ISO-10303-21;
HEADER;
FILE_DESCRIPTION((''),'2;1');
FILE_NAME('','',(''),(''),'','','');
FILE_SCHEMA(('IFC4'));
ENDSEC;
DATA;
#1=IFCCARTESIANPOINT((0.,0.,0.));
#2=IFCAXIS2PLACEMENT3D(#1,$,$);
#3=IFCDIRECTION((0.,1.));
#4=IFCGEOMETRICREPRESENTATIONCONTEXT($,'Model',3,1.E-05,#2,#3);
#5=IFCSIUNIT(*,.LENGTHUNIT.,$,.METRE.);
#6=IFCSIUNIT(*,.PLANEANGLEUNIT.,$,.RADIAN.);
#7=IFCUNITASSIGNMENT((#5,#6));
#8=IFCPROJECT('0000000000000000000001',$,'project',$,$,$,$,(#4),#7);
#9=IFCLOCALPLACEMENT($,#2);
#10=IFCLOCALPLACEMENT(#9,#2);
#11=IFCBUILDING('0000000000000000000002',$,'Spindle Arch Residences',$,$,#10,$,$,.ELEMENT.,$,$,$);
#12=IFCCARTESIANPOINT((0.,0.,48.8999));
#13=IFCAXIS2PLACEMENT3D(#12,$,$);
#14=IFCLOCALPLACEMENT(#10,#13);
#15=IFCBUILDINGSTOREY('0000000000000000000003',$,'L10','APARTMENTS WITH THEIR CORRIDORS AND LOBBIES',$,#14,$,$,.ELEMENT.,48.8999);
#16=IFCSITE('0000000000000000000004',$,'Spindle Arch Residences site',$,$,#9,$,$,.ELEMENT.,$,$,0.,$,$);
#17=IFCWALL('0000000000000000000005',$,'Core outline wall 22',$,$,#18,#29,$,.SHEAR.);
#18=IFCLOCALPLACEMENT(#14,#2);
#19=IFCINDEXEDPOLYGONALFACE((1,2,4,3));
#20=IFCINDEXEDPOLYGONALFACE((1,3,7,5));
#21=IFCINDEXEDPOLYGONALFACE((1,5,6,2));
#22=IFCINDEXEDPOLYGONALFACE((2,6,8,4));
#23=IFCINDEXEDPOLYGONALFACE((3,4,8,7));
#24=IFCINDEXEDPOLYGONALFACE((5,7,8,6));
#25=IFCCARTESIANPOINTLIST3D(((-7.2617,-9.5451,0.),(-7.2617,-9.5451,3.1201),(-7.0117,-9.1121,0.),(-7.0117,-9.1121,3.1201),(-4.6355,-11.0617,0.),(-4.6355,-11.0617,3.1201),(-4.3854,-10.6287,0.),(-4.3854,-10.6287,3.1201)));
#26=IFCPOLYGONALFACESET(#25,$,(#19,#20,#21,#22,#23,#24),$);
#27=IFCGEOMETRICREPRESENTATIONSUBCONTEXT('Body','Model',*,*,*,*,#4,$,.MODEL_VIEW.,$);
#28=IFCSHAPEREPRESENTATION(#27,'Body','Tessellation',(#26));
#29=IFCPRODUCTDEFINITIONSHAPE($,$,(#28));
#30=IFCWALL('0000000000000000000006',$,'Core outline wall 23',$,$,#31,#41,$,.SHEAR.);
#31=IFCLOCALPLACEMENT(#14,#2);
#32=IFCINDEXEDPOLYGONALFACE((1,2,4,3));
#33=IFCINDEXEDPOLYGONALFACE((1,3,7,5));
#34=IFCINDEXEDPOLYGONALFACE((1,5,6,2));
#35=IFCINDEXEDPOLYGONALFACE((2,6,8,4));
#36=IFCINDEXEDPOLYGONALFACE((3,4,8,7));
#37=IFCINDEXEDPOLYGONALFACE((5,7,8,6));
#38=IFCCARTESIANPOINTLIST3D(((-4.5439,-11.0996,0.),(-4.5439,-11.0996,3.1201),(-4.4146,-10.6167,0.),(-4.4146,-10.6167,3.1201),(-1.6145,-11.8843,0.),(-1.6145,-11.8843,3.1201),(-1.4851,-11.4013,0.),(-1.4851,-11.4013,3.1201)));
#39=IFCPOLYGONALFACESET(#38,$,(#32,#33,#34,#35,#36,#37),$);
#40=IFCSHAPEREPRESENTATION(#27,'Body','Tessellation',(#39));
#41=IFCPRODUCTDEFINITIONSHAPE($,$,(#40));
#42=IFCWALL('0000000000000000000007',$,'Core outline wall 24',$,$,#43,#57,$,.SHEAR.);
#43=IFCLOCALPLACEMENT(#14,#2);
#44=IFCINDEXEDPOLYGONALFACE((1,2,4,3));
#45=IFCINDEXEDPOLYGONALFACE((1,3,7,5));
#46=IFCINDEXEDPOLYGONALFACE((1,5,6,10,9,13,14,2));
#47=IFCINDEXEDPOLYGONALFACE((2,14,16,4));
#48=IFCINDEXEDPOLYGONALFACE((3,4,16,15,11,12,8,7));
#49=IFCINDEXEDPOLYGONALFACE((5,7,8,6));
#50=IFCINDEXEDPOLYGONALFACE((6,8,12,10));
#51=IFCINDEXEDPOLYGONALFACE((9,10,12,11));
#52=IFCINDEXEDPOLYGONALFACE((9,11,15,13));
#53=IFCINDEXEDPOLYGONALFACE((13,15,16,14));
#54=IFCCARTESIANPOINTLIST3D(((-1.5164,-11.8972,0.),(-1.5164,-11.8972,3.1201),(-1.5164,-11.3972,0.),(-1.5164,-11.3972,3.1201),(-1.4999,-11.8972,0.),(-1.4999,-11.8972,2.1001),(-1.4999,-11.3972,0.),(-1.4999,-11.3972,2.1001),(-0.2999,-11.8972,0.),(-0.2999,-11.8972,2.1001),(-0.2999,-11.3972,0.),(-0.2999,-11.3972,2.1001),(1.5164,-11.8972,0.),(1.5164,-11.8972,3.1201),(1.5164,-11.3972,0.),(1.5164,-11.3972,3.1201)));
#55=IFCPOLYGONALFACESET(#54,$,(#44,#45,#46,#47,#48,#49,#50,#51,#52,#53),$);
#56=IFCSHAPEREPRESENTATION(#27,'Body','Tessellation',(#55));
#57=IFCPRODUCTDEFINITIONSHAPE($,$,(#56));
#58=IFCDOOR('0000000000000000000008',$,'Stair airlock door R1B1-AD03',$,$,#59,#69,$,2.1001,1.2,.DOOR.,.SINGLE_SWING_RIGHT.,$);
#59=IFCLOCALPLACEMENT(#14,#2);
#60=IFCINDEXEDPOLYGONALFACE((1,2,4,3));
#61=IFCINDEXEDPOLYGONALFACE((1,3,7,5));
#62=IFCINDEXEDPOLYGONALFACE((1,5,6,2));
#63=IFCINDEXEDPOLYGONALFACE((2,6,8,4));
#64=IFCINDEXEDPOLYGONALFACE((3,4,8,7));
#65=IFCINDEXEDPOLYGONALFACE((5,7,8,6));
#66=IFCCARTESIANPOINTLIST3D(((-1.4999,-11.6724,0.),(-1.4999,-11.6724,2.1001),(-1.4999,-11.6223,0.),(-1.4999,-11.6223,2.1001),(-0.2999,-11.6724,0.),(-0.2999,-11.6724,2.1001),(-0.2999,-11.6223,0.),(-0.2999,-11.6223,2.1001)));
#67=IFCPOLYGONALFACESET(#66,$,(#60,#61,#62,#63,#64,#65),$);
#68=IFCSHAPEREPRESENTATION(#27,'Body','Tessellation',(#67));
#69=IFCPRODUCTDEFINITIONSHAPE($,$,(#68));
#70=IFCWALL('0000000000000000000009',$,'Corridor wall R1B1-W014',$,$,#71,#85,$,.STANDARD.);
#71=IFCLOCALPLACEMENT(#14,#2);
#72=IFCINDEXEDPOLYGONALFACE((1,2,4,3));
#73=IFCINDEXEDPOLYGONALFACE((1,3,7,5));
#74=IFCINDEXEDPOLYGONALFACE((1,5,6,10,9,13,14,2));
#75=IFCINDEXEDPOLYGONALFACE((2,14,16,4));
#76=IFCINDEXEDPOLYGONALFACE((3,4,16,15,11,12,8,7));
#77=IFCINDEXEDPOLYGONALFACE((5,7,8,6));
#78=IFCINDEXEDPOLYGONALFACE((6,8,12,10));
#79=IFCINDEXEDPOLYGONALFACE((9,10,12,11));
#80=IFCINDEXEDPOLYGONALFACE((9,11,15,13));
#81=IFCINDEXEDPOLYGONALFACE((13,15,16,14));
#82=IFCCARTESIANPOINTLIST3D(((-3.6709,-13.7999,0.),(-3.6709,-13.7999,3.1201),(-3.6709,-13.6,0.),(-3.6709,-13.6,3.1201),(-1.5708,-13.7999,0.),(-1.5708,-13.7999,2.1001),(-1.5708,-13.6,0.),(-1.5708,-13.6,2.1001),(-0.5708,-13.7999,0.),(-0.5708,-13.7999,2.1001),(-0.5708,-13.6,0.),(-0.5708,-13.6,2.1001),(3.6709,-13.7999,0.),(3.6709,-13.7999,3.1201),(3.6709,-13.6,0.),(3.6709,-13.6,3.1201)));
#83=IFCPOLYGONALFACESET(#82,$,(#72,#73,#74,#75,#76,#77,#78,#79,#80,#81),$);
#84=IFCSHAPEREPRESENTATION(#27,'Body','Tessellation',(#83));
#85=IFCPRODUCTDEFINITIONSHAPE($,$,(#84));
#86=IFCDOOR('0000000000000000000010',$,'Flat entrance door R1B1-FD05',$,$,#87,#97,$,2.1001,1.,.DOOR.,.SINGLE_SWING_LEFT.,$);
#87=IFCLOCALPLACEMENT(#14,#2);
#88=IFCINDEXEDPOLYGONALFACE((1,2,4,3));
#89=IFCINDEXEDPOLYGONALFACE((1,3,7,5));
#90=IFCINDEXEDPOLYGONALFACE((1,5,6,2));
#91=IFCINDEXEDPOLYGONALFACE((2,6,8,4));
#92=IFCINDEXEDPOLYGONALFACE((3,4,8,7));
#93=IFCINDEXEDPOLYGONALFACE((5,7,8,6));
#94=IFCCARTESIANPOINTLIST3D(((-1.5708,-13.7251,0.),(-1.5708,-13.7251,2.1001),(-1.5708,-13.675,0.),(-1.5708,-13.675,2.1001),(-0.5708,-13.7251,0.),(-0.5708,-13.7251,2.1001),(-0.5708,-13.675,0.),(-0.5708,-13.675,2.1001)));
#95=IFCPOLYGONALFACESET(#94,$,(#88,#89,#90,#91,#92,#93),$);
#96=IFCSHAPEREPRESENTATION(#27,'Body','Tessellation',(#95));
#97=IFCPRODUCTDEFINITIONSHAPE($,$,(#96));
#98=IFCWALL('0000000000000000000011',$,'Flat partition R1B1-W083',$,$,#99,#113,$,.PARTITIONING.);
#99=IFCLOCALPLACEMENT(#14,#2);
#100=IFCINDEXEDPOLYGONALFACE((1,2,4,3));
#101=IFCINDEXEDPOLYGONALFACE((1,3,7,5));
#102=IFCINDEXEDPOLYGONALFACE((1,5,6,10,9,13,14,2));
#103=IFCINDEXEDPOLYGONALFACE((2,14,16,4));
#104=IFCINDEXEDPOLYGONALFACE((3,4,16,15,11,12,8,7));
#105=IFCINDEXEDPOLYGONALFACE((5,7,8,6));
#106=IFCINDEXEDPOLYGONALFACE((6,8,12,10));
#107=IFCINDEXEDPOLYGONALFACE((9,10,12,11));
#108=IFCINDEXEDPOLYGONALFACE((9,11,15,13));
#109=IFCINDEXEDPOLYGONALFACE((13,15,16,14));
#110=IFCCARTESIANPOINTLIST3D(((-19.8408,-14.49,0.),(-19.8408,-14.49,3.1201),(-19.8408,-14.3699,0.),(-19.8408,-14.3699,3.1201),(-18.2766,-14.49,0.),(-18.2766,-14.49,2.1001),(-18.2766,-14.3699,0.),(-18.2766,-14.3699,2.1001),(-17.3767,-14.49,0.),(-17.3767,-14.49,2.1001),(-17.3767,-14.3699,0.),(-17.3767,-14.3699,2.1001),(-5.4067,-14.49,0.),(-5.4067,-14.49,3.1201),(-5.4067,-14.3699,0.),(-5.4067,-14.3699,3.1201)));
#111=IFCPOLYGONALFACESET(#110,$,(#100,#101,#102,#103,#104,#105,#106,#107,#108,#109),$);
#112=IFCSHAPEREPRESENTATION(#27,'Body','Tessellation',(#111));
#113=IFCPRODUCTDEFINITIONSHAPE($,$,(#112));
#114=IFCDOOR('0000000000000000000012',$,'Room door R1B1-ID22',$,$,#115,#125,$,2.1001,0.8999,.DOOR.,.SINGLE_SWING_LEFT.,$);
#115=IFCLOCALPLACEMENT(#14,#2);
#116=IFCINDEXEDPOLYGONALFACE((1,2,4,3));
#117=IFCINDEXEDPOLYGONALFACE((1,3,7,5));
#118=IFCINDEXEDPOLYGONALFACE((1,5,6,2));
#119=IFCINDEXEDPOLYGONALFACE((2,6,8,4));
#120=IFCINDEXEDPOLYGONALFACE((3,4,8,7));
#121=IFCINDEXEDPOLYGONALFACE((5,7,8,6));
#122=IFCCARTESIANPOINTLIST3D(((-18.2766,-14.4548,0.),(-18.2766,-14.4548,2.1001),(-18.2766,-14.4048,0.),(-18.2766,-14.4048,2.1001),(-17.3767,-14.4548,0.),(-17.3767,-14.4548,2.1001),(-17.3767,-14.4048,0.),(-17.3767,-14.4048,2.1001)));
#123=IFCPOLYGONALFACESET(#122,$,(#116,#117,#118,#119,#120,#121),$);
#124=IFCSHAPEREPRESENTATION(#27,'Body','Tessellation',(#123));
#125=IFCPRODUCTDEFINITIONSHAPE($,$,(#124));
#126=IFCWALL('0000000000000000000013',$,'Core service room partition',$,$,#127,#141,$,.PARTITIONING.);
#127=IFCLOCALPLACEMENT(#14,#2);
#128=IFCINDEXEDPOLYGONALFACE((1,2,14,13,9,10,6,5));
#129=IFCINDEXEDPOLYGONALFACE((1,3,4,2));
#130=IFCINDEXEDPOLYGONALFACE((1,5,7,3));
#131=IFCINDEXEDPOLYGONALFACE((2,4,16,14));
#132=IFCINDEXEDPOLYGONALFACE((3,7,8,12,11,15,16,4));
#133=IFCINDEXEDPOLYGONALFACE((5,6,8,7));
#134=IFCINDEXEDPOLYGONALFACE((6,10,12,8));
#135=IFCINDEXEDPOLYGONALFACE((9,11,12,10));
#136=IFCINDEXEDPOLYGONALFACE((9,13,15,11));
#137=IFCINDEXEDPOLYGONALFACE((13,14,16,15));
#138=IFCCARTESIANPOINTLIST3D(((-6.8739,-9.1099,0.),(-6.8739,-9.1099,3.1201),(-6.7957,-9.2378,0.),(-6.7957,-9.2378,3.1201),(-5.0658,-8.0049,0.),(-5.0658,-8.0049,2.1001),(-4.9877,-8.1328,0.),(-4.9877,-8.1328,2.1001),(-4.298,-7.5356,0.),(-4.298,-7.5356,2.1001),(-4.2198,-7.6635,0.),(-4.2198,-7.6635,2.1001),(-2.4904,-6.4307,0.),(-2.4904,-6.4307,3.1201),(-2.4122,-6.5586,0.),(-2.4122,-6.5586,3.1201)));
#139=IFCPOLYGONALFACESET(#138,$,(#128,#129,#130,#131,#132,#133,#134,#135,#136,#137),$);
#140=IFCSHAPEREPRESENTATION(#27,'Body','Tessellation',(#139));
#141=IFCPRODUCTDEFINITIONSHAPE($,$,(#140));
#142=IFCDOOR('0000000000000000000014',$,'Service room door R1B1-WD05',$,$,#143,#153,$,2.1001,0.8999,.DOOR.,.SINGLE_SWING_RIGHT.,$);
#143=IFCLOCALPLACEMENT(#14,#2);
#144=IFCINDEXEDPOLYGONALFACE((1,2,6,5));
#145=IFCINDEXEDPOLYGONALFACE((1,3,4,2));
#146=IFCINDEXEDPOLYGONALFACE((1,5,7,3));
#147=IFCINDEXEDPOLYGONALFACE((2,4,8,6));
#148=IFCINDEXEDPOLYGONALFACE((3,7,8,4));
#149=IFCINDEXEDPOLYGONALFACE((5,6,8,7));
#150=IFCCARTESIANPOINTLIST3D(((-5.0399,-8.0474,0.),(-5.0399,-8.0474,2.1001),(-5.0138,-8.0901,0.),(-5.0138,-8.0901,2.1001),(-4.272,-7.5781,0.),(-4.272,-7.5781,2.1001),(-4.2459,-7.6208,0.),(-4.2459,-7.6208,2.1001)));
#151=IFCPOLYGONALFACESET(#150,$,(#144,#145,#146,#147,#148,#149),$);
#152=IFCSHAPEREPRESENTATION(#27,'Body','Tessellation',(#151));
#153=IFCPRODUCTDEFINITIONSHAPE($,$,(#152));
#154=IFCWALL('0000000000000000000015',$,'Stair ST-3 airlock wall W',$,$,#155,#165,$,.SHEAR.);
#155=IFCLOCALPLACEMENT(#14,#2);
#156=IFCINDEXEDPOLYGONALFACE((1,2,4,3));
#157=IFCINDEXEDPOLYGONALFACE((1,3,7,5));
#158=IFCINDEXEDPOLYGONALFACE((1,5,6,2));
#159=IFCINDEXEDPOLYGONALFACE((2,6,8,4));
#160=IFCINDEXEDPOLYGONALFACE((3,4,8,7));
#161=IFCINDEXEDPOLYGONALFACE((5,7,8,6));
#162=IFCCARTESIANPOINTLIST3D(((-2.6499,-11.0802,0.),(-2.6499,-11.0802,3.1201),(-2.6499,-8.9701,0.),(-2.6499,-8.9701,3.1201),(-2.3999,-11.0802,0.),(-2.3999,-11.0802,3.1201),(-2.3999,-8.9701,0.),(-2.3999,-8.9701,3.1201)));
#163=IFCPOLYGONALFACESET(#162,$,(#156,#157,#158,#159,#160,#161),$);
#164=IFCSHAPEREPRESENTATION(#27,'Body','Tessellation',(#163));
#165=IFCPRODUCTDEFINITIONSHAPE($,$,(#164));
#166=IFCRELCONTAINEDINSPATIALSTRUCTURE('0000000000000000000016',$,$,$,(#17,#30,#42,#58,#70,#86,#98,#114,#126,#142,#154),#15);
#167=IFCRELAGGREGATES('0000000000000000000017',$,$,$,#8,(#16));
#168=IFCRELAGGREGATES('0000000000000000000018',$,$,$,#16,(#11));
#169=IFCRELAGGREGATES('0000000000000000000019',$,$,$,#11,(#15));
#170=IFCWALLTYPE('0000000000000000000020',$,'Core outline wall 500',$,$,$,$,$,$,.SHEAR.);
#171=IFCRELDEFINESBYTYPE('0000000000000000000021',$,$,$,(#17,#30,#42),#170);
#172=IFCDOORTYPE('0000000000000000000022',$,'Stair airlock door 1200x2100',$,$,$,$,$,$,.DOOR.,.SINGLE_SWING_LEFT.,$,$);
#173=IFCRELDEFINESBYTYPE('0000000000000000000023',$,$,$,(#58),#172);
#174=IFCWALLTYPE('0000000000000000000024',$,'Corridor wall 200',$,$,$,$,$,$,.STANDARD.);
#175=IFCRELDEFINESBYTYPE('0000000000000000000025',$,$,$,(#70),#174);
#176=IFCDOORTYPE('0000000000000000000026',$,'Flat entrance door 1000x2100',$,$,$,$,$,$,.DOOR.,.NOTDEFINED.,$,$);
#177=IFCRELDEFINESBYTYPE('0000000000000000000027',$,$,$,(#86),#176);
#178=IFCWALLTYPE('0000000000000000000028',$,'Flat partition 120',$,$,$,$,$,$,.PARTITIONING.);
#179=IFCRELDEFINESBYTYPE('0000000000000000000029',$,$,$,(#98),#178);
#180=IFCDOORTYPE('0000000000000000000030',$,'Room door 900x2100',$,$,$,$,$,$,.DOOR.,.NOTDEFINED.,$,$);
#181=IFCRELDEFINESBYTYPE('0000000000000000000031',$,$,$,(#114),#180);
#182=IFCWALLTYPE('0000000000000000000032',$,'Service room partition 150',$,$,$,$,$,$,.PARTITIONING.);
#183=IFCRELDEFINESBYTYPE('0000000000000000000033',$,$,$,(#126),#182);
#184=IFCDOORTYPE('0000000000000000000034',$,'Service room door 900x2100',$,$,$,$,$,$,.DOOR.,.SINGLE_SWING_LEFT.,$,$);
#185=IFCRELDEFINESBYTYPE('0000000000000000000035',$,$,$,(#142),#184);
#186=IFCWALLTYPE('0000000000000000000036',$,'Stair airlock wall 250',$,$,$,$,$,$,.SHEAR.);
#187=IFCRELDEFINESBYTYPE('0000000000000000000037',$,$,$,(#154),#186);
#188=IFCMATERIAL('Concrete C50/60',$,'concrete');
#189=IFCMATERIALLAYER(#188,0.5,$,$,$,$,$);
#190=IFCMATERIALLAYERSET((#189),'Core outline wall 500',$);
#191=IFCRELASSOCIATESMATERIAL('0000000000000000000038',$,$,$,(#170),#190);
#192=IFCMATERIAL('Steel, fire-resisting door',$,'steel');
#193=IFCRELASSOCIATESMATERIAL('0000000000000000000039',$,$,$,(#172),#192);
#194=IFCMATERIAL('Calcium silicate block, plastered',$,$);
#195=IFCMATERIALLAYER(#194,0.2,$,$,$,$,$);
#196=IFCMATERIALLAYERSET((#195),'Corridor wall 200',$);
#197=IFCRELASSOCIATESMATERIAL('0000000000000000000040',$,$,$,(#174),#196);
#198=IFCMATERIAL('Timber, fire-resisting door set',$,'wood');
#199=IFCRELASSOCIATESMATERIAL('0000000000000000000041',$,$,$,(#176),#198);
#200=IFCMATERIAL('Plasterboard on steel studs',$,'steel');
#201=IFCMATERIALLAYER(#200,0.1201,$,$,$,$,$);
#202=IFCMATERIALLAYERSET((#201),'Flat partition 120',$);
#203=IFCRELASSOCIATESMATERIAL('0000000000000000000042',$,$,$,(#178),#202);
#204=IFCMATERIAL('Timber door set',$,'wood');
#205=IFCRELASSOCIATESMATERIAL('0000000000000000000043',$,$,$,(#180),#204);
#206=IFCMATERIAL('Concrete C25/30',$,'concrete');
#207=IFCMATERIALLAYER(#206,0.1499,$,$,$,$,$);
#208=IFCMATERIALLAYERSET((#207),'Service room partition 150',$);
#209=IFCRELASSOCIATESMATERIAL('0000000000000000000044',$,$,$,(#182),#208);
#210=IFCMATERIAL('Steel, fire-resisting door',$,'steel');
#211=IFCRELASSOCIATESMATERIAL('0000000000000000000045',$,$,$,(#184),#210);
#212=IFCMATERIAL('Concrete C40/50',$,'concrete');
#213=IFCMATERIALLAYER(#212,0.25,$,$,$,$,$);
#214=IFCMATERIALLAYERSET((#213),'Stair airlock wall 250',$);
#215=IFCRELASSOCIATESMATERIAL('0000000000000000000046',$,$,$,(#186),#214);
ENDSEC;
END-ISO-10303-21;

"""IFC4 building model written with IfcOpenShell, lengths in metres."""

from ifc_helpers import new_model, si_unit, direction, frame, frame_2d, origin, place, context, subcontext, project, spatial, rectangle, extrude, material, layer, layer_set, type_object, element, fill, save


model = new_model("IFC4")

# Units and contexts
model_context = context("Model", 3, precision=1e-05, world=origin(), true_north=direction((0.0, 1.0)))
body_context = subcontext(model_context, "Body", "Model", "MODEL_VIEW")
ifc_project = project(units=[si_unit("LENGTHUNIT", "METRE"), si_unit("PLANEANGLEUNIT", "RADIAN")], contexts=[model_context])

# Site, building, storey
site_placement = place(None, origin())
site = spatial("IfcSite", under=ifc_project, at=site_placement, Name="Spindle Arch Residences site", CompositionType="ELEMENT", RefElevation=0.0)
building_placement = place(site_placement, origin())
building = spatial("IfcBuilding", under=site, at=building_placement, Name="Spindle Arch Residences", CompositionType="ELEMENT")
storey_placement = place(building_placement, frame((0.0, 0.0, 48.8999)))
storey = spatial("IfcBuildingStorey", under=building, at=storey_placement, Name="L10", Description="APARTMENTS WITH THEIR CORRIDORS AND LOBBIES", CompositionType="ELEMENT", Elevation=48.8999)

# Walls
ifc_material_1 = material(Name="Concrete C50/60", Category="concrete")
ifc_layer_1 = layer(ifc_material_1, 0.5)
ifc_layer_set_1 = layer_set([ifc_layer_1], Name="Core outline wall 500")
wall_type_1 = type_object("IfcWallType", Name="Core outline wall 500", PredefinedType="SHEAR", material=ifc_layer_set_1)
for number, where, z_axis, x_axis, name in (
    (1, (-7.1367, -9.3286, 0.0), (0.0, 0.0, 1.0), (0.865975, -0.500087, 0.0), "Core outline wall 22"),
    (2, (-4.4792, -10.8582, 0.0), (0.0, 0.0, 1.0), (0.965948, -0.258735, 0.0), "Core outline wall 23"),
):
    element("IfcWall", number, at=place(storey_placement, frame(where, z_axis=z_axis, x_axis=x_axis)), inside=storey, type_object=wall_type_1, Name=name, PredefinedType="SHEAR", context=body_context, shape_type="SweptSolid", body=[
        extrude(rectangle(XDim=3.0327, YDim=0.5, at=frame_2d((1.5164, 0.0))), origin(), (0.0, 0.0, 1.0), 3.1201),
    ])

# Walls, openings, doors
wall_1_placement = place(storey_placement, frame((-1.5164, -11.6472, 0.0), z_axis=(0.0, 0.0, 1.0), x_axis=(1.0, 0.0, 0.0)))
wall_1 = element("IfcWall", 3, at=wall_1_placement, inside=storey, type_object=wall_type_1, Name="Core outline wall 24", PredefinedType="SHEAR", context=body_context, shape_type="SweptSolid", body=[
    extrude(rectangle(XDim=3.0327, YDim=0.5, at=frame_2d((1.5164, 0.0))), origin(), (0.0, 0.0, 1.0), 3.1201),
])
opening_1_placement = place(wall_1_placement, frame((0.0164, 0.0, 0.0)))
opening_1 = element("IfcOpeningElement", 4, at=opening_1_placement, cuts=wall_1, PredefinedType="OPENING", context=body_context, shape_type="SweptSolid", body=[
    extrude(rectangle(XDim=1.2, YDim=2.1001, at=frame_2d((0.6001, 1.05))), frame((0.0, 0.26, 0.0), z_axis=(0.0, -1.0, 0.0), x_axis=(1.0, 0.0, 0.0)), (0.0, 0.0, 1.0), 0.52),
])
ifc_material_2 = material(Name="Steel, fire-resisting door", Category="steel")
door_type_1 = type_object("IfcDoorType", Name="Stair airlock door 1200x2100", OperationType="SINGLE_SWING_LEFT", PredefinedType="DOOR", material=ifc_material_2)
door_1_placement = place(opening_1_placement, origin())
door_1 = element("IfcDoor", 5, at=door_1_placement, inside=storey, type_object=door_type_1, Name="Stair airlock door R1B1-AD03", OperationType="SINGLE_SWING_RIGHT", OverallHeight=2.1001, OverallWidth=1.2, PredefinedType="DOOR", context=body_context, shape_type="SweptSolid", body=[
    extrude(rectangle(XDim=1.2, YDim=2.1001, at=frame_2d((0.6001, 1.05))), frame((0.0, 0.0249, 0.0), z_axis=(0.0, -1.0, 0.0), x_axis=(1.0, 0.0, 0.0)), (0.0, 0.0, 1.0), 0.05),
])
fill(opening_1, door_1)
ifc_material_3 = material(Name="Calcium silicate block, plastered")
ifc_layer_2 = layer(ifc_material_3, 0.2)
ifc_layer_set_2 = layer_set([ifc_layer_2], Name="Corridor wall 200")
wall_type_2 = type_object("IfcWallType", Name="Corridor wall 200", PredefinedType="STANDARD", material=ifc_layer_set_2)
wall_2_placement = place(storey_placement, frame((-3.6709, -13.7, 0.0), z_axis=(0.0, 0.0, 1.0), x_axis=(1.0, 0.0, 0.0)))
wall_2 = element("IfcWall", 6, at=wall_2_placement, inside=storey, type_object=wall_type_2, Name="Corridor wall R1B1-W014", PredefinedType="STANDARD", context=body_context, shape_type="SweptSolid", body=[
    extrude(rectangle(XDim=7.3418, YDim=0.2, at=frame_2d((3.6709, 0.0))), origin(), (0.0, 0.0, 1.0), 3.1201),
])
opening_2_placement = place(wall_2_placement, frame((2.1001, 0.0, 0.0)))
opening_2 = element("IfcOpeningElement", 7, at=opening_2_placement, cuts=wall_2, PredefinedType="OPENING", context=body_context, shape_type="SweptSolid", body=[
    extrude(rectangle(XDim=1.0, YDim=2.1001, at=frame_2d((0.5, 1.05))), frame((0.0, 0.1099, 0.0), z_axis=(0.0, -1.0, 0.0), x_axis=(1.0, 0.0, 0.0)), (0.0, 0.0, 1.0), 0.22),
])
ifc_material_4 = material(Name="Timber, fire-resisting door set", Category="wood")
door_type_2 = type_object("IfcDoorType", Name="Flat entrance door 1000x2100", OperationType="NOTDEFINED", PredefinedType="DOOR", material=ifc_material_4)
door_2_placement = place(opening_2_placement, origin())
door_2 = element("IfcDoor", 8, at=door_2_placement, inside=storey, type_object=door_type_2, Name="Flat entrance door R1B1-FD05", OperationType="SINGLE_SWING_LEFT", OverallHeight=2.1001, OverallWidth=1.0, PredefinedType="DOOR", context=body_context, shape_type="SweptSolid", body=[
    extrude(rectangle(XDim=1.0, YDim=2.1001, at=frame_2d((0.5, 1.05))), frame((0.0, 0.0249, 0.0), z_axis=(0.0, -1.0, 0.0), x_axis=(1.0, 0.0, 0.0)), (0.0, 0.0, 1.0), 0.05),
])
fill(opening_2, door_2)
ifc_material_5 = material(Name="Plasterboard on steel studs", Category="steel")
ifc_layer_3 = layer(ifc_material_5, 0.1201)
ifc_layer_set_3 = layer_set([ifc_layer_3], Name="Flat partition 120")
wall_type_3 = type_object("IfcWallType", Name="Flat partition 120", PredefinedType="PARTITIONING", material=ifc_layer_set_3)
wall_3_placement = place(storey_placement, frame((-5.4067, -14.4299, 0.0), z_axis=(0.0, 0.0, 1.0), x_axis=(-1.0, 0.0, 0.0)))
wall_3 = element("IfcWall", 9, at=wall_3_placement, inside=storey, type_object=wall_type_3, Name="Flat partition R1B1-W083", PredefinedType="PARTITIONING", context=body_context, shape_type="SweptSolid", body=[
    extrude(rectangle(XDim=14.4341, YDim=0.1201, at=frame_2d((7.217, 0.0))), origin(), (0.0, 0.0, 1.0), 3.1201),
])
opening_3_placement = place(wall_3_placement, frame((11.97, 0.0, 0.0)))
opening_3 = element("IfcOpeningElement", 10, at=opening_3_placement, cuts=wall_3, PredefinedType="OPENING", context=body_context, shape_type="SweptSolid", body=[
    extrude(rectangle(XDim=0.8999, YDim=2.1001, at=frame_2d((0.45, 1.05))), frame((0.0, 0.0701, 0.0), z_axis=(0.0, -1.0, 0.0), x_axis=(1.0, 0.0, 0.0)), (0.0, 0.0, 1.0), 0.1401),
])
ifc_material_6 = material(Name="Timber door set", Category="wood")
door_type_3 = type_object("IfcDoorType", Name="Room door 900x2100", OperationType="NOTDEFINED", PredefinedType="DOOR", material=ifc_material_6)
door_3_placement = place(opening_3_placement, origin())
door_3 = element("IfcDoor", 11, at=door_3_placement, inside=storey, type_object=door_type_3, Name="Room door R1B1-ID22", OperationType="SINGLE_SWING_LEFT", OverallHeight=2.1001, OverallWidth=0.8999, PredefinedType="DOOR", context=body_context, shape_type="SweptSolid", body=[
    extrude(rectangle(XDim=0.8999, YDim=2.1001, at=frame_2d((0.45, 1.05))), frame((0.0, 0.0249, 0.0), z_axis=(0.0, -1.0, 0.0), x_axis=(1.0, 0.0, 0.0)), (0.0, 0.0, 1.0), 0.05),
])
fill(opening_3, door_3)
ifc_material_7 = material(Name="Concrete C25/30", Category="concrete")
ifc_layer_4 = layer(ifc_material_7, 0.1499)
ifc_layer_set_4 = layer_set([ifc_layer_4], Name="Service room partition 150")
wall_type_4 = type_object("IfcWallType", Name="Service room partition 150", PredefinedType="PARTITIONING", material=ifc_layer_set_4)
wall_4_placement = place(storey_placement, frame((-2.4512, -6.4946, 0.0), z_axis=(0.0, 0.0, 1.0), x_axis=(-0.85325, -0.521502, 0.0)))
wall_4 = element("IfcWall", 12, at=wall_4_placement, inside=storey, type_object=wall_type_4, Name="Core service room partition", PredefinedType="PARTITIONING", context=body_context, shape_type="SweptSolid", body=[
    extrude(rectangle(XDim=5.1375, YDim=0.1499, at=frame_2d((2.5688, 0.0))), origin(), (0.0, 0.0, 1.0), 3.1201),
])
opening_4_placement = place(wall_4_placement, frame((2.1187, 0.0, 0.0)))
opening_4 = element("IfcOpeningElement", 13, at=opening_4_placement, cuts=wall_4, PredefinedType="OPENING", context=body_context, shape_type="SweptSolid", body=[
    extrude(rectangle(XDim=0.8999, YDim=2.1001, at=frame_2d((0.45, 1.05))), frame((0.0, 0.085, 0.0), z_axis=(0.0, -1.0, 0.0), x_axis=(1.0, 0.0, 0.0)), (0.0, 0.0, 1.0), 0.1699),
])
ifc_material_8 = material(Name="Steel, fire-resisting door", Category="steel")
door_type_4 = type_object("IfcDoorType", Name="Service room door 900x2100", OperationType="SINGLE_SWING_LEFT", PredefinedType="DOOR", material=ifc_material_8)
door_4_placement = place(opening_4_placement, origin())
door_4 = element("IfcDoor", 14, at=door_4_placement, inside=storey, type_object=door_type_4, Name="Service room door R1B1-WD05", OperationType="SINGLE_SWING_RIGHT", OverallHeight=2.1001, OverallWidth=0.8999, PredefinedType="DOOR", context=body_context, shape_type="SweptSolid", body=[
    extrude(rectangle(XDim=0.8999, YDim=2.1001, at=frame_2d((0.45, 1.05))), frame((0.0, 0.0249, 0.0), z_axis=(0.0, -1.0, 0.0), x_axis=(1.0, 0.0, 0.0)), (0.0, 0.0, 1.0), 0.05),
])
fill(opening_4, door_4)

# Wall
ifc_material_9 = material(Name="Concrete C40/50", Category="concrete")
ifc_layer_5 = layer(ifc_material_9, 0.25)
ifc_layer_set_5 = layer_set([ifc_layer_5], Name="Stair airlock wall 250")
wall_type_5 = type_object("IfcWallType", Name="Stair airlock wall 250", PredefinedType="SHEAR", material=ifc_layer_set_5)
wall_5_placement = place(storey_placement, frame((-2.5249, -8.97, 0.0), z_axis=(0.0, 0.0, 1.0), x_axis=(0.0, -1.0, 0.0)))
element("IfcWall", 15, at=wall_5_placement, inside=storey, type_object=wall_type_5, Name="Stair ST-3 airlock wall W", PredefinedType="SHEAR", context=body_context, shape_type="SweptSolid", body=[
    extrude(rectangle(XDim=2.1101, YDim=0.25, at=frame_2d((1.0552, 0.0))), origin(), (0.0, 0.0, 1.0), 3.1201),
])

save(model, "model.ifc")
